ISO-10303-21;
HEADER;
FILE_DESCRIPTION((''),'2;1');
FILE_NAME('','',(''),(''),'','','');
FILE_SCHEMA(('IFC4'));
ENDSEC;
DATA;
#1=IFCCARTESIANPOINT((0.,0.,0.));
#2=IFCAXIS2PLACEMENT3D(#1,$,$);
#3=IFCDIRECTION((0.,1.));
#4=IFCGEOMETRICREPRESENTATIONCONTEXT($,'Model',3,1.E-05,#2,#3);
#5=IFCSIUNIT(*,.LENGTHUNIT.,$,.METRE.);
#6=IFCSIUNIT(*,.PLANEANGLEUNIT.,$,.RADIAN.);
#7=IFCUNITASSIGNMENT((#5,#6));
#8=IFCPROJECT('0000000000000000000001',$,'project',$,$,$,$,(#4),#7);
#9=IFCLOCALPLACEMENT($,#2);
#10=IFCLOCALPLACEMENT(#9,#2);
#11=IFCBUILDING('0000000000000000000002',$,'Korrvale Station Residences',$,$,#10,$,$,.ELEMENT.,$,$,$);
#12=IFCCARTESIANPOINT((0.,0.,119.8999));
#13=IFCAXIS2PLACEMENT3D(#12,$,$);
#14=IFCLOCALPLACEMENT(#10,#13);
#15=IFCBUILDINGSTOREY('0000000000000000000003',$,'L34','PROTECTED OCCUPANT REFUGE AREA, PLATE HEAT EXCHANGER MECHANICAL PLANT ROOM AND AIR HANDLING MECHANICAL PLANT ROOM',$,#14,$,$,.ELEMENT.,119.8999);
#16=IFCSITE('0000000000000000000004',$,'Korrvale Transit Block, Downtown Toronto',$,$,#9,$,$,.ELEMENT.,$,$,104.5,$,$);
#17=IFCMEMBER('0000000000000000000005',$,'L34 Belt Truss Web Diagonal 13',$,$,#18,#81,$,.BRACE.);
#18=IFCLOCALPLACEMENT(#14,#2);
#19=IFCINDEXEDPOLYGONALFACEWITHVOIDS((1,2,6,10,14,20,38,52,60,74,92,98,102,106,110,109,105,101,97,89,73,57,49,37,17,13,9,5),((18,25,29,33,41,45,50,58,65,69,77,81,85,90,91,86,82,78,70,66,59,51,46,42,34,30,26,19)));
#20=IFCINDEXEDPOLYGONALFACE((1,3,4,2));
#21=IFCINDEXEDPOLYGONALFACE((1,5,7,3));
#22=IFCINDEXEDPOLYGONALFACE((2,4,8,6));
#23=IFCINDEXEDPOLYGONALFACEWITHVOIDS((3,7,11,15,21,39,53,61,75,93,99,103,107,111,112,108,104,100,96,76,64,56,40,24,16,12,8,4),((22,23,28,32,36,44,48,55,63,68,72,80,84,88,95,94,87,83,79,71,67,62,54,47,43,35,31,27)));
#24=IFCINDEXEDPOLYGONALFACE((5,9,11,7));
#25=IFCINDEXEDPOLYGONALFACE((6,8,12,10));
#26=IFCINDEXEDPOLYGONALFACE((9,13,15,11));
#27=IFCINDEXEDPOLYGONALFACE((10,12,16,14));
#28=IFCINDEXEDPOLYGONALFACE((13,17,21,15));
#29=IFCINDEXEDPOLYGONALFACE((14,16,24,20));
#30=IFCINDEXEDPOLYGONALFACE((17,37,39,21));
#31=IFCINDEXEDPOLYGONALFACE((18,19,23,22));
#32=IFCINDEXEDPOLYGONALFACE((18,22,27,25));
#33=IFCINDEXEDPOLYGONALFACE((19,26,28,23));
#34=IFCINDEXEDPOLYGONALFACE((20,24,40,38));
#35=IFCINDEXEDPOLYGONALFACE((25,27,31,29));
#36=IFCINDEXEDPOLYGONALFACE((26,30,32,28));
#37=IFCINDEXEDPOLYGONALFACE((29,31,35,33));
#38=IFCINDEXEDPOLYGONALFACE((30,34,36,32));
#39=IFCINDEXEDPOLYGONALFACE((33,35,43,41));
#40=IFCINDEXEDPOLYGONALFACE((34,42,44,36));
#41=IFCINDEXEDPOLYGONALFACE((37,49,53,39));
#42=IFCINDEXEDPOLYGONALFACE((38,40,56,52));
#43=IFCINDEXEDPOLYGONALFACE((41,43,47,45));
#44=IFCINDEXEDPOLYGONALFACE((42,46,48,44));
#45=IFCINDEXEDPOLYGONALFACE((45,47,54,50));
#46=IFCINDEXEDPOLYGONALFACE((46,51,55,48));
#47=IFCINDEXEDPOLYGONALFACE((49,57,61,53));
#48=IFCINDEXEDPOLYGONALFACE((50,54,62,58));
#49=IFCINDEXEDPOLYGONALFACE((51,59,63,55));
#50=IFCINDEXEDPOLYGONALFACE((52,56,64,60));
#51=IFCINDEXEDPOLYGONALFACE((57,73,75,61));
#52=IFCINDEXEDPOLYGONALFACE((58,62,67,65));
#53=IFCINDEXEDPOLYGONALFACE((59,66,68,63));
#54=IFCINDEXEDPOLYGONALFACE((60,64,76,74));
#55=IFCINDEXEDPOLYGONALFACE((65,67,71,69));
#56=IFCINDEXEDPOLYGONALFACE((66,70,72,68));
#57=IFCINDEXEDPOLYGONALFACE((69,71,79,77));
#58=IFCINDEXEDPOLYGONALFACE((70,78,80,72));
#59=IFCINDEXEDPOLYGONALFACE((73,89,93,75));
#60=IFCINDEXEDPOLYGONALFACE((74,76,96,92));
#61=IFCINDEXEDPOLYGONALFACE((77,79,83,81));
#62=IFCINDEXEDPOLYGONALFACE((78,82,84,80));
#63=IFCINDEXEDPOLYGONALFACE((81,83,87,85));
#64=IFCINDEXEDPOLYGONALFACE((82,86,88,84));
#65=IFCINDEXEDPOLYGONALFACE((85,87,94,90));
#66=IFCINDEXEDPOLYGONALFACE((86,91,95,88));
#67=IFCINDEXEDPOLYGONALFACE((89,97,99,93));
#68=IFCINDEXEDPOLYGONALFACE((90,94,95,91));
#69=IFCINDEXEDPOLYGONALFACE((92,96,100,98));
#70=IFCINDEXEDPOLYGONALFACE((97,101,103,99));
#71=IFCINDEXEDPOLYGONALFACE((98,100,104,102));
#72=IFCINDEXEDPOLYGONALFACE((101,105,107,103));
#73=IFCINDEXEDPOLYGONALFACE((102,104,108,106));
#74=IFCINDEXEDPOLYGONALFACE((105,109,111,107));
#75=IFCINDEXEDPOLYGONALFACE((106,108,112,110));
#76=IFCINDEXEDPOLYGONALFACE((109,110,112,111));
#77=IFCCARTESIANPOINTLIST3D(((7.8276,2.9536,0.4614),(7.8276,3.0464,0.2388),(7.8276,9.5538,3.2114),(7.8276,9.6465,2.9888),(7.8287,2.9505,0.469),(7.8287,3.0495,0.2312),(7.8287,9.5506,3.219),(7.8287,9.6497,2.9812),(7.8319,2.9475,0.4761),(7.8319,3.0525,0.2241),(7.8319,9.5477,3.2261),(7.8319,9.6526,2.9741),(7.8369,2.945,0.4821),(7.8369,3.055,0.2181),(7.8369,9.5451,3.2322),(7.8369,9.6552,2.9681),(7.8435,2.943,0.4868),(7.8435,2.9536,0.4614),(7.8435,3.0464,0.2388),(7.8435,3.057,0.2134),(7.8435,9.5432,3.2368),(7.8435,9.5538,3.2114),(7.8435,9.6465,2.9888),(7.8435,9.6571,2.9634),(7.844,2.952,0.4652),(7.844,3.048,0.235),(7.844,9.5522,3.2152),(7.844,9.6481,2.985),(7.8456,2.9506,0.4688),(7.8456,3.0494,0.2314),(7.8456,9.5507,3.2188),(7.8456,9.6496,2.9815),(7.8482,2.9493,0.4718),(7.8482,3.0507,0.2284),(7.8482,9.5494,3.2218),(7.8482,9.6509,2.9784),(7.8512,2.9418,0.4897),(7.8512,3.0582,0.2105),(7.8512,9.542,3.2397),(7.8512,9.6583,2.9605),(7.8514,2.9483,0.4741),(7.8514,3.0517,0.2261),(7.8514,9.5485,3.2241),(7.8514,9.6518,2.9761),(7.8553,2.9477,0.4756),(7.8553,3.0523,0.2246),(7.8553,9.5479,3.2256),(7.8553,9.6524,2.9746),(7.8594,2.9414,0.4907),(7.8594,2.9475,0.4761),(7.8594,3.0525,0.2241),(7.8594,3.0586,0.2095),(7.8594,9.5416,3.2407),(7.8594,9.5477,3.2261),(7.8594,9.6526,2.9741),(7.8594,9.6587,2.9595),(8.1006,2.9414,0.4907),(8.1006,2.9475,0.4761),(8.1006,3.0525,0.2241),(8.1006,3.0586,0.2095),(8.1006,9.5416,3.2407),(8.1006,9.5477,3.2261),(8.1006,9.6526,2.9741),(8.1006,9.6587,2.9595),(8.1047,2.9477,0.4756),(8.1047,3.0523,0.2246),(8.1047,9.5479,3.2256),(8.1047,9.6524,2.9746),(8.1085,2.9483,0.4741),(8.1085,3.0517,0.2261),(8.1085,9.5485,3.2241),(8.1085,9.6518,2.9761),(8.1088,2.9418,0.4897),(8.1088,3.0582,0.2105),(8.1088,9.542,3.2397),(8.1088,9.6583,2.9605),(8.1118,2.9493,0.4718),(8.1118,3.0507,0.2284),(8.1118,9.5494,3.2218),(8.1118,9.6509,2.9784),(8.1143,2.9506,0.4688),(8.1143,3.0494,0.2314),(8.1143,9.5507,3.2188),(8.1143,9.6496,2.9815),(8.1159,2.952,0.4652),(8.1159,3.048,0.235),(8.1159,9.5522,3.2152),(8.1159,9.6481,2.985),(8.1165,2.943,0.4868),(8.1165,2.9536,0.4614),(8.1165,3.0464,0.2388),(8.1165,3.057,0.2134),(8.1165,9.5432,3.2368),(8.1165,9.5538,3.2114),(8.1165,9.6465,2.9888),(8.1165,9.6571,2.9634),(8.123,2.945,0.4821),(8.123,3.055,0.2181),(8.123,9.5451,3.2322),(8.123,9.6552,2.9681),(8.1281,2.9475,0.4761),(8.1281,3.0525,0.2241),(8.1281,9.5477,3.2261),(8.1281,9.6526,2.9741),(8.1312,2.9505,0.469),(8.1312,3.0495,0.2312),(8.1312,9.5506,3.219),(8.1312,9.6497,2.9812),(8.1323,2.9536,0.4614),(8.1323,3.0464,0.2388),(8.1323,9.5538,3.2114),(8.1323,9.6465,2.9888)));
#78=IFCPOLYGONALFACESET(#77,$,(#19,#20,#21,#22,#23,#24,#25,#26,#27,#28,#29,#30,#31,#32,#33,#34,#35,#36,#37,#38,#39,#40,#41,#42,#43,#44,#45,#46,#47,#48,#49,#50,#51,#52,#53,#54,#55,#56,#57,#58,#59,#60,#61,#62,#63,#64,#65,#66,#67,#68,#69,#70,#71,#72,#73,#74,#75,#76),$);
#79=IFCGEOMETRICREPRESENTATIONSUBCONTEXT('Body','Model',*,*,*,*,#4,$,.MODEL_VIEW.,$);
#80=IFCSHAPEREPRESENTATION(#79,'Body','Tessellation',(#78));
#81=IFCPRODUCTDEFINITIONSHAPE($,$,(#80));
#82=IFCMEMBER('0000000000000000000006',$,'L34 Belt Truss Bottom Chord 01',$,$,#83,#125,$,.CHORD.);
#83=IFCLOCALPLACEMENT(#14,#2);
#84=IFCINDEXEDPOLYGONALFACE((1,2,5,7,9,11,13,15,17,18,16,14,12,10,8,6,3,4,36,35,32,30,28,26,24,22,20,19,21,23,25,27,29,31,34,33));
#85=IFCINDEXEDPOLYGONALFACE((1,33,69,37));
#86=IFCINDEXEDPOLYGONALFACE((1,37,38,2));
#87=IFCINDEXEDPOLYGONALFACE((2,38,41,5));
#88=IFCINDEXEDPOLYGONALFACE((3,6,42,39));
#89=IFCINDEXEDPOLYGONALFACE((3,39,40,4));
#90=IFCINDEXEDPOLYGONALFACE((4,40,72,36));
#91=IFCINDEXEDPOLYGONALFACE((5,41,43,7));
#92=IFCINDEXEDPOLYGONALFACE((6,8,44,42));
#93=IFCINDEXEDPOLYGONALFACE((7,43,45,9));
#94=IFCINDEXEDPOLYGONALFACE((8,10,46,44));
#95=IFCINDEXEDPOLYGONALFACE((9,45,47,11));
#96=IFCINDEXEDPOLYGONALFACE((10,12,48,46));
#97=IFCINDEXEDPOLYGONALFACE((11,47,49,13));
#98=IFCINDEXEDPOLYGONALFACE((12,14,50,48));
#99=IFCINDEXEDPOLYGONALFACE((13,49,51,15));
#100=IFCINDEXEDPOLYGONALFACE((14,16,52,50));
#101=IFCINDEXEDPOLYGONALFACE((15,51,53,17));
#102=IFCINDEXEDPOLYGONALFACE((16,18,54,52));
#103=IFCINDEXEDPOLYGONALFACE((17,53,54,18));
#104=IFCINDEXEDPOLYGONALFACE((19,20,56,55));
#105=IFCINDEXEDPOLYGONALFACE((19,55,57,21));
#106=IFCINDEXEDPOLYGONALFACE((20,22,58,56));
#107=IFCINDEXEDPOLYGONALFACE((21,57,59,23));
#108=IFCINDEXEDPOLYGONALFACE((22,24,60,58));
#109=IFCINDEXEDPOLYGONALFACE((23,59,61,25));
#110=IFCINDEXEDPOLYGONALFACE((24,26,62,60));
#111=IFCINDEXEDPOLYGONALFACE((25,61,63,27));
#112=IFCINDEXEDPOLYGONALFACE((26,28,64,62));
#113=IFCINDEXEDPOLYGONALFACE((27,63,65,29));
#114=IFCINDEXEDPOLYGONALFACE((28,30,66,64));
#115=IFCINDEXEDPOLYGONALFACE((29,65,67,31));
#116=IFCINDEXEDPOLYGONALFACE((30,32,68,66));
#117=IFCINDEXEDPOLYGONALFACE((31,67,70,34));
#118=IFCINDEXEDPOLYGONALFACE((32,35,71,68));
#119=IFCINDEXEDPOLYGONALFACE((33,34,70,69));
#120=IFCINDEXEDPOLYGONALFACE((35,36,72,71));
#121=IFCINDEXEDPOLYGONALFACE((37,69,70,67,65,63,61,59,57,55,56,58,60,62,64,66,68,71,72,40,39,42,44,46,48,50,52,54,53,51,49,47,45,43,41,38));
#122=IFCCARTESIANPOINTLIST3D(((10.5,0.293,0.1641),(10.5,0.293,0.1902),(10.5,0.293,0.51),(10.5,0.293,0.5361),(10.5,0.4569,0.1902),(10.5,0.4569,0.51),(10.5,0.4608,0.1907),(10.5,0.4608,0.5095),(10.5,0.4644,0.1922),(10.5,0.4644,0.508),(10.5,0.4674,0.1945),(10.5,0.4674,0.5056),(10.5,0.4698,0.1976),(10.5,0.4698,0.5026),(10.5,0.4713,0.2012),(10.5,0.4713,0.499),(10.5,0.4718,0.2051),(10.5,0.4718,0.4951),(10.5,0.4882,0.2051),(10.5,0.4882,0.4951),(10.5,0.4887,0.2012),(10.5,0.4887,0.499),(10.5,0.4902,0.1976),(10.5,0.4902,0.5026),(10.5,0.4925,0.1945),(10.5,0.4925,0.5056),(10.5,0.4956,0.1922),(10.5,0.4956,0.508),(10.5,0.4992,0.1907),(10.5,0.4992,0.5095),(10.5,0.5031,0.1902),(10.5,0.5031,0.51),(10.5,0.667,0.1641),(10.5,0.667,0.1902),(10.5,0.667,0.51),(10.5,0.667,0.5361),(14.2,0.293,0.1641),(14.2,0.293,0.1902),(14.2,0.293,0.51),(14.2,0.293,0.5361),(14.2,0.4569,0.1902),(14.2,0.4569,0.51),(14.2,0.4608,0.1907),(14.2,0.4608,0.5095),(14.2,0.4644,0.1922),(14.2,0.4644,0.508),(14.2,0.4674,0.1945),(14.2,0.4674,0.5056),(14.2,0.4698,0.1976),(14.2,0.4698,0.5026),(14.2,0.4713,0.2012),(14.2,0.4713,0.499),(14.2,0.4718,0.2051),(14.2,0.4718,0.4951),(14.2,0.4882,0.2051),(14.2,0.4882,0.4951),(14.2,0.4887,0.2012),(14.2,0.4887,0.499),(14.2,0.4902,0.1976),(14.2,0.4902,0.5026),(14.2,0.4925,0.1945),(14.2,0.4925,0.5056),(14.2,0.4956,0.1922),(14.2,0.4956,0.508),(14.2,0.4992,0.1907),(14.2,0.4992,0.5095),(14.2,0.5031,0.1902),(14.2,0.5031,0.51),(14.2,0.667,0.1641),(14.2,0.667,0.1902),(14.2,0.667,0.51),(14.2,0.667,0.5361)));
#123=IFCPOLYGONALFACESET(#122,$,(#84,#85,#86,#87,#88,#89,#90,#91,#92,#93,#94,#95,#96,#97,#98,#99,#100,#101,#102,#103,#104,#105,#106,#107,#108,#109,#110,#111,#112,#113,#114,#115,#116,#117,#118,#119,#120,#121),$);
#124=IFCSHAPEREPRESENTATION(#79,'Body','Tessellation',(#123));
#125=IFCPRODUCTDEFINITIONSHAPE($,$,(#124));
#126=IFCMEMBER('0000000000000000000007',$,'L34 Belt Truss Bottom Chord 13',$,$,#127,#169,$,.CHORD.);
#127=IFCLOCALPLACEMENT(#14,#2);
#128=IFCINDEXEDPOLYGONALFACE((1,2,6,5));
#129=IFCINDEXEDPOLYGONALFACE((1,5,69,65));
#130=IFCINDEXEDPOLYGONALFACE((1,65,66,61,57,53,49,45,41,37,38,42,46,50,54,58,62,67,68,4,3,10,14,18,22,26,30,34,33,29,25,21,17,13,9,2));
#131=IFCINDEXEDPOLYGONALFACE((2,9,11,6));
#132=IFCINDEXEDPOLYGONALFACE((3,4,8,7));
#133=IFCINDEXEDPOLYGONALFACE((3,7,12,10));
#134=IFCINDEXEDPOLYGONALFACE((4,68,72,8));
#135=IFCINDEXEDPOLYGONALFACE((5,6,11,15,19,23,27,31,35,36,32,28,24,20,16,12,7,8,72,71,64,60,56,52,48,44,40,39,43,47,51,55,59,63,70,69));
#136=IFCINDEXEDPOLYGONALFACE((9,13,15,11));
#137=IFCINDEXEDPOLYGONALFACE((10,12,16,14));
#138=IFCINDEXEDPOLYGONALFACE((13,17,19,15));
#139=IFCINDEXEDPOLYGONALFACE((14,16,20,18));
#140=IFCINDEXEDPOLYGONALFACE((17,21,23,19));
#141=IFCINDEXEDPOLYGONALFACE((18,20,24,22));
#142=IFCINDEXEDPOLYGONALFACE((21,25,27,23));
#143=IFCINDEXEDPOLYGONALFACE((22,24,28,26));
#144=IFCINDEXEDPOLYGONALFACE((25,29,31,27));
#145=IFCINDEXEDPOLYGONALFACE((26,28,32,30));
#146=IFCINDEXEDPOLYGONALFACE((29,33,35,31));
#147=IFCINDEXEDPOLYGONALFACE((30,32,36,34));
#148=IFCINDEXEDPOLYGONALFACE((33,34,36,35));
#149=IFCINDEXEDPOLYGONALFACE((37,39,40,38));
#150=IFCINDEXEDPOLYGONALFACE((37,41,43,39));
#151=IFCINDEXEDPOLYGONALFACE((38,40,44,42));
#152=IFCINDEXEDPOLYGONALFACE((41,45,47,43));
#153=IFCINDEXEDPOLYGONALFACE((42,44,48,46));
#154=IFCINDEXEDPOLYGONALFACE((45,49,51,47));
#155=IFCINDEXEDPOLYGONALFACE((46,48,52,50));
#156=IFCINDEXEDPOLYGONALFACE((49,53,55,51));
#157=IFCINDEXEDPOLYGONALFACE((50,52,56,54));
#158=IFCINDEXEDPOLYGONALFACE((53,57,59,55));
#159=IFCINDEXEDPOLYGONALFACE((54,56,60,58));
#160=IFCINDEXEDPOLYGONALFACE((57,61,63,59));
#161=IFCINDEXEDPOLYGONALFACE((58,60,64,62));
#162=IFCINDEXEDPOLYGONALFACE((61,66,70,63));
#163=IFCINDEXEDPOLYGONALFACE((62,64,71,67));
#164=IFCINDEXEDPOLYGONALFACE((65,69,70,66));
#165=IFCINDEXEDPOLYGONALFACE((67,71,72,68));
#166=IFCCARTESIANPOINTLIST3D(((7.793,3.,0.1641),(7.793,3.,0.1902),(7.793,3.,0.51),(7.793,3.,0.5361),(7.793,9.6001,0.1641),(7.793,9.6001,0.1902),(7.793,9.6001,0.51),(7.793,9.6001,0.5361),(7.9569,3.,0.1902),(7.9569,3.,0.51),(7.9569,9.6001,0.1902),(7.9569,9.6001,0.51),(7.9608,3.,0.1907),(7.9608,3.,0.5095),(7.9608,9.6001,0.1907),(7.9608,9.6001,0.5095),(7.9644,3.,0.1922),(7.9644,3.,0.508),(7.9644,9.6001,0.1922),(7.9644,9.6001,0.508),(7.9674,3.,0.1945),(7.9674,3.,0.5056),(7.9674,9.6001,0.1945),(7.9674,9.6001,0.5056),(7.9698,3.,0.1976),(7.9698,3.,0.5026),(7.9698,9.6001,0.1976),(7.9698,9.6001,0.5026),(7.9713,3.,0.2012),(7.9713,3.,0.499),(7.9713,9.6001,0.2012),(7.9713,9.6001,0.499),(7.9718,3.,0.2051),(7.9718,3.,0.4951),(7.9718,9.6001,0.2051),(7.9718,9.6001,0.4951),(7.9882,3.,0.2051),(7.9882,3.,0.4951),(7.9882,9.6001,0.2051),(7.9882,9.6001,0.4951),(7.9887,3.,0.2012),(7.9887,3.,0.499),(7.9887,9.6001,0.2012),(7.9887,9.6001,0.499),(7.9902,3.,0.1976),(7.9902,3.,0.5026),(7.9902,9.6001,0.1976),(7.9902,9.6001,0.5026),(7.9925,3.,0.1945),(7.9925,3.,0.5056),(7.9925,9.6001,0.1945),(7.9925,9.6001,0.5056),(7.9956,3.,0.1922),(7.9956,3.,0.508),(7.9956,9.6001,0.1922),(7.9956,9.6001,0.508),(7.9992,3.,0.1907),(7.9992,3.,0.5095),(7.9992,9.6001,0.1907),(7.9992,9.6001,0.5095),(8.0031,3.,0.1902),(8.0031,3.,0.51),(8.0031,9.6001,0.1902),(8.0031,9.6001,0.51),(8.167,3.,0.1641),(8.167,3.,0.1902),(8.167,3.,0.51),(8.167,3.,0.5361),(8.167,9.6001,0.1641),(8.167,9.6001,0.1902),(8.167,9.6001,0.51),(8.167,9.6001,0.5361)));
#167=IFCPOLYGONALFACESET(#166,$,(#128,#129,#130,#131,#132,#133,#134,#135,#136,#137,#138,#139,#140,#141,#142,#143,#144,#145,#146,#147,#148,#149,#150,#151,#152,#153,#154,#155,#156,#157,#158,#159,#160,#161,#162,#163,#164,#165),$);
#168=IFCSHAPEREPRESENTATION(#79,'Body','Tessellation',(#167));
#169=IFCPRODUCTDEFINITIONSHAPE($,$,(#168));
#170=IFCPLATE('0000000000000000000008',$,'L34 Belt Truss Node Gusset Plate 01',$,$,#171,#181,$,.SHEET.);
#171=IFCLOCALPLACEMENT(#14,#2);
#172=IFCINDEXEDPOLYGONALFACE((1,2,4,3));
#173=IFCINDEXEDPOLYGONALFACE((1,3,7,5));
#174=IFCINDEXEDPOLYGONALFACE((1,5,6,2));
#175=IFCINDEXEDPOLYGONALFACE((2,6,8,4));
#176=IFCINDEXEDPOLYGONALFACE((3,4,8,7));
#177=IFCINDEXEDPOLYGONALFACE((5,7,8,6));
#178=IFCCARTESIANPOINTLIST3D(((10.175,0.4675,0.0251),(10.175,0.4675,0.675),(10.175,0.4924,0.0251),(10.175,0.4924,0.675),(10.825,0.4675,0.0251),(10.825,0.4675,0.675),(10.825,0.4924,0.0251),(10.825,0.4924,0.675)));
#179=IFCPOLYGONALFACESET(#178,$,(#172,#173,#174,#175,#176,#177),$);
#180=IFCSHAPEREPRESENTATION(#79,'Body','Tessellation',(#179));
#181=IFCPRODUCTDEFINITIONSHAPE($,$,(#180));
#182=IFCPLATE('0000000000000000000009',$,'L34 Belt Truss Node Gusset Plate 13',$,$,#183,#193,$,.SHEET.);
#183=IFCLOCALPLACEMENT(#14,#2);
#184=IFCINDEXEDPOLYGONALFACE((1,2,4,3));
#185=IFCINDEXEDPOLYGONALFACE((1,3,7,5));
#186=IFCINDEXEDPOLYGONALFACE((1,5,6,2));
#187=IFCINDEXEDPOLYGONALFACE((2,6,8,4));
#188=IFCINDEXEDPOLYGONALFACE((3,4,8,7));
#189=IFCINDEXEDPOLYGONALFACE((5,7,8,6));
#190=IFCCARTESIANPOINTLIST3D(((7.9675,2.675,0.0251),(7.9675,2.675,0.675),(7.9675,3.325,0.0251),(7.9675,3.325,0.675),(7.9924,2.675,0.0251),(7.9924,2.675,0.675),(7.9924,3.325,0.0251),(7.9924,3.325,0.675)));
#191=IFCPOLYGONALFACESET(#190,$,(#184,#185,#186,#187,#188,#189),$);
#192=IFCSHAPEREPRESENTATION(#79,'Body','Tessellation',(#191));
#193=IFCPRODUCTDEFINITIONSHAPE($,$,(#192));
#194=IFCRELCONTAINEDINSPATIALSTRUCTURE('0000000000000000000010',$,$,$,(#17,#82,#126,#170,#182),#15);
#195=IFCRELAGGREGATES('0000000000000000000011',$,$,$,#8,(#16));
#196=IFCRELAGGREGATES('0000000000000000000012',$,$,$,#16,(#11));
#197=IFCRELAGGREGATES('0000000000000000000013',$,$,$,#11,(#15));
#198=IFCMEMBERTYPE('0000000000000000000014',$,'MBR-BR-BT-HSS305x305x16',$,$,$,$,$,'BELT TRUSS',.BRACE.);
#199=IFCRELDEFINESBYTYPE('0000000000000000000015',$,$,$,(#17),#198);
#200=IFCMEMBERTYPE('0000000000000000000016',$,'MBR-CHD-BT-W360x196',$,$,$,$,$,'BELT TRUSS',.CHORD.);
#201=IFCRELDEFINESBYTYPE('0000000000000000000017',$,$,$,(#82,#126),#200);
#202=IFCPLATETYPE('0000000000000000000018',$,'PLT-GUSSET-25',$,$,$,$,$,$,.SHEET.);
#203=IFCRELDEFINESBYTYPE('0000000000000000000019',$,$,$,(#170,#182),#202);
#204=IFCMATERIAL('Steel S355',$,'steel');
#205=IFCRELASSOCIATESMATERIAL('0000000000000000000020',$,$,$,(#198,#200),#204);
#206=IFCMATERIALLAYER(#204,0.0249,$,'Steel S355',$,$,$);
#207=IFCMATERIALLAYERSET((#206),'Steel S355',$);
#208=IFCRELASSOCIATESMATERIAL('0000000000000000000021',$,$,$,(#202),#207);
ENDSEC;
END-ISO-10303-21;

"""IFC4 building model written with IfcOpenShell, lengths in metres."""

from ifc_helpers import new_model, si_unit, direction, frame, origin, origin_2d, place, context, subcontext, project, spatial, rectangle, hollow_rectangle, i_section, extrude, material, layer, layer_set, material_profile, profile_set, type_object, element, save


model = new_model("IFC4")

# Units and contexts
model_context = context("Model", 3, precision=1e-05, world=origin(), true_north=direction((0.0, 1.0)))
body_context = subcontext(model_context, "Body", "Model", "MODEL_VIEW")
ifc_project = project(units=[si_unit("LENGTHUNIT", "METRE"), si_unit("PLANEANGLEUNIT", "RADIAN")], contexts=[model_context])

# Site, building, storey
site_placement = place(None, origin())
site = spatial("IfcSite", under=ifc_project, at=site_placement, Name="Korrvale Transit Block, Downtown Toronto", CompositionType="ELEMENT", RefElevation=104.5)
building_placement = place(site_placement, origin())
building = spatial("IfcBuilding", under=site, at=building_placement, Name="Korrvale Station Residences", CompositionType="ELEMENT")
storey_placement = place(building_placement, frame((0.0, 0.0, 119.8999)))
storey = spatial("IfcBuildingStorey", under=building, at=storey_placement, Name="L34", Description="PROTECTED OCCUPANT REFUGE AREA, PLATE HEAT EXCHANGER MECHANICAL PLANT ROOM AND AIR HANDLING MECHANICAL PLANT ROOM", CompositionType="ELEMENT", Elevation=119.8999)

# Members
ifc_material_1 = material(Name="Steel S355", Category="steel")
ifc_material_profile_1 = material_profile(ifc_material_1, hollow_rectangle(XDim=0.3047, YDim=0.3047, WallThickness=0.0159, InnerFilletRadius=0.0159, OuterFilletRadius=0.0317, at=origin_2d()), Name="HSS305x305x16")
ifc_profile_set_1 = profile_set([ifc_material_profile_1], Name="Steel S355")
member_type_1 = type_object("IfcMemberType", Name="MBR-BR-BT-HSS305x305x16", ElementType="BELT TRUSS", PredefinedType="BRACE", material=ifc_profile_set_1)
member_1_placement = place(storey_placement, frame((7.98, 3.0, 0.3501), z_axis=(0.0, 0.923079, 0.384611), x_axis=(-1.0, 0.0, 0.0)))
element("IfcMember", 1, at=member_1_placement, inside=storey, type_object=member_type_1, Name="L34 Belt Truss Web Diagonal 13", PredefinedType="BRACE", context=body_context, shape_type="SweptSolid", body=[
    extrude(hollow_rectangle(XDim=0.3047, YDim=0.3047, WallThickness=0.0159, InnerFilletRadius=0.0159, OuterFilletRadius=0.0317, at=origin_2d()), origin(), (0.0, 0.0, 1.0), 7.1501),
])
ifc_material_profile_2 = material_profile(ifc_material_1, i_section(OverallWidth=0.374, OverallDepth=0.3721, WebThickness=0.0164, FlangeThickness=0.0261, FilletRadius=0.0149, at=origin_2d()), Name="W360x196")
ifc_profile_set_2 = profile_set([ifc_material_profile_2], Name="Steel S355")
member_type_2 = type_object("IfcMemberType", Name="MBR-CHD-BT-W360x196", ElementType="BELT TRUSS", PredefinedType="CHORD", material=ifc_profile_set_2)
member_2_placement = place(storey_placement, frame((10.5, 0.48, 0.3501), z_axis=(1.0, 0.0, 0.0), x_axis=(0.0, 1.0, 0.0)))
element("IfcMember", 2, at=member_2_placement, inside=storey, type_object=member_type_2, Name="L34 Belt Truss Bottom Chord 01", PredefinedType="CHORD", context=body_context, shape_type="SweptSolid", body=[
    extrude(i_section(OverallWidth=0.374, OverallDepth=0.3721, WebThickness=0.0164, FlangeThickness=0.0261, FilletRadius=0.0149, at=origin_2d()), origin(), (0.0, 0.0, 1.0), 3.7),
])
member_3_placement = place(storey_placement, frame((7.98, 3.0, 0.3501), z_axis=(0.0, 1.0, 0.0), x_axis=(-1.0, 0.0, 0.0)))
element("IfcMember", 3, at=member_3_placement, inside=storey, type_object=member_type_2, Name="L34 Belt Truss Bottom Chord 13", PredefinedType="CHORD", context=body_context, shape_type="SweptSolid", body=[
    extrude(i_section(OverallWidth=0.374, OverallDepth=0.3721, WebThickness=0.0164, FlangeThickness=0.0261, FilletRadius=0.0149, at=origin_2d()), origin(), (0.0, 0.0, 1.0), 6.6001),
])

# Plates
ifc_layer_1 = layer(ifc_material_1, 0.0249, Name="Steel S355")
ifc_layer_set_1 = layer_set([ifc_layer_1], Name="Steel S355")
plate_type = type_object("IfcPlateType", Name="PLT-GUSSET-25", PredefinedType="SHEET", material=ifc_layer_set_1)
for number, where, z_axis, x_axis, name in (
    (4, (10.5, 0.48, 0.0251), (0.0, 0.0, 1.0), (1.0, 0.0, 0.0), "L34 Belt Truss Node Gusset Plate 01"),
    (5, (7.98, 3.0, 0.0251), (0.0, 0.0, 1.0), (0.0, 1.0, 0.0), "L34 Belt Truss Node Gusset Plate 13"),
):
    element("IfcPlate", number, at=place(storey_placement, frame(where, z_axis=z_axis, x_axis=x_axis)), inside=storey, type_object=plate_type, Name=name, PredefinedType="SHEET", context=body_context, shape_type="SweptSolid", body=[
        extrude(rectangle(XDim=0.6499, YDim=0.0249, at=origin_2d()), origin(), (0.0, 0.0, 1.0), 0.6499),
    ])

save(model, "model.ifc")
